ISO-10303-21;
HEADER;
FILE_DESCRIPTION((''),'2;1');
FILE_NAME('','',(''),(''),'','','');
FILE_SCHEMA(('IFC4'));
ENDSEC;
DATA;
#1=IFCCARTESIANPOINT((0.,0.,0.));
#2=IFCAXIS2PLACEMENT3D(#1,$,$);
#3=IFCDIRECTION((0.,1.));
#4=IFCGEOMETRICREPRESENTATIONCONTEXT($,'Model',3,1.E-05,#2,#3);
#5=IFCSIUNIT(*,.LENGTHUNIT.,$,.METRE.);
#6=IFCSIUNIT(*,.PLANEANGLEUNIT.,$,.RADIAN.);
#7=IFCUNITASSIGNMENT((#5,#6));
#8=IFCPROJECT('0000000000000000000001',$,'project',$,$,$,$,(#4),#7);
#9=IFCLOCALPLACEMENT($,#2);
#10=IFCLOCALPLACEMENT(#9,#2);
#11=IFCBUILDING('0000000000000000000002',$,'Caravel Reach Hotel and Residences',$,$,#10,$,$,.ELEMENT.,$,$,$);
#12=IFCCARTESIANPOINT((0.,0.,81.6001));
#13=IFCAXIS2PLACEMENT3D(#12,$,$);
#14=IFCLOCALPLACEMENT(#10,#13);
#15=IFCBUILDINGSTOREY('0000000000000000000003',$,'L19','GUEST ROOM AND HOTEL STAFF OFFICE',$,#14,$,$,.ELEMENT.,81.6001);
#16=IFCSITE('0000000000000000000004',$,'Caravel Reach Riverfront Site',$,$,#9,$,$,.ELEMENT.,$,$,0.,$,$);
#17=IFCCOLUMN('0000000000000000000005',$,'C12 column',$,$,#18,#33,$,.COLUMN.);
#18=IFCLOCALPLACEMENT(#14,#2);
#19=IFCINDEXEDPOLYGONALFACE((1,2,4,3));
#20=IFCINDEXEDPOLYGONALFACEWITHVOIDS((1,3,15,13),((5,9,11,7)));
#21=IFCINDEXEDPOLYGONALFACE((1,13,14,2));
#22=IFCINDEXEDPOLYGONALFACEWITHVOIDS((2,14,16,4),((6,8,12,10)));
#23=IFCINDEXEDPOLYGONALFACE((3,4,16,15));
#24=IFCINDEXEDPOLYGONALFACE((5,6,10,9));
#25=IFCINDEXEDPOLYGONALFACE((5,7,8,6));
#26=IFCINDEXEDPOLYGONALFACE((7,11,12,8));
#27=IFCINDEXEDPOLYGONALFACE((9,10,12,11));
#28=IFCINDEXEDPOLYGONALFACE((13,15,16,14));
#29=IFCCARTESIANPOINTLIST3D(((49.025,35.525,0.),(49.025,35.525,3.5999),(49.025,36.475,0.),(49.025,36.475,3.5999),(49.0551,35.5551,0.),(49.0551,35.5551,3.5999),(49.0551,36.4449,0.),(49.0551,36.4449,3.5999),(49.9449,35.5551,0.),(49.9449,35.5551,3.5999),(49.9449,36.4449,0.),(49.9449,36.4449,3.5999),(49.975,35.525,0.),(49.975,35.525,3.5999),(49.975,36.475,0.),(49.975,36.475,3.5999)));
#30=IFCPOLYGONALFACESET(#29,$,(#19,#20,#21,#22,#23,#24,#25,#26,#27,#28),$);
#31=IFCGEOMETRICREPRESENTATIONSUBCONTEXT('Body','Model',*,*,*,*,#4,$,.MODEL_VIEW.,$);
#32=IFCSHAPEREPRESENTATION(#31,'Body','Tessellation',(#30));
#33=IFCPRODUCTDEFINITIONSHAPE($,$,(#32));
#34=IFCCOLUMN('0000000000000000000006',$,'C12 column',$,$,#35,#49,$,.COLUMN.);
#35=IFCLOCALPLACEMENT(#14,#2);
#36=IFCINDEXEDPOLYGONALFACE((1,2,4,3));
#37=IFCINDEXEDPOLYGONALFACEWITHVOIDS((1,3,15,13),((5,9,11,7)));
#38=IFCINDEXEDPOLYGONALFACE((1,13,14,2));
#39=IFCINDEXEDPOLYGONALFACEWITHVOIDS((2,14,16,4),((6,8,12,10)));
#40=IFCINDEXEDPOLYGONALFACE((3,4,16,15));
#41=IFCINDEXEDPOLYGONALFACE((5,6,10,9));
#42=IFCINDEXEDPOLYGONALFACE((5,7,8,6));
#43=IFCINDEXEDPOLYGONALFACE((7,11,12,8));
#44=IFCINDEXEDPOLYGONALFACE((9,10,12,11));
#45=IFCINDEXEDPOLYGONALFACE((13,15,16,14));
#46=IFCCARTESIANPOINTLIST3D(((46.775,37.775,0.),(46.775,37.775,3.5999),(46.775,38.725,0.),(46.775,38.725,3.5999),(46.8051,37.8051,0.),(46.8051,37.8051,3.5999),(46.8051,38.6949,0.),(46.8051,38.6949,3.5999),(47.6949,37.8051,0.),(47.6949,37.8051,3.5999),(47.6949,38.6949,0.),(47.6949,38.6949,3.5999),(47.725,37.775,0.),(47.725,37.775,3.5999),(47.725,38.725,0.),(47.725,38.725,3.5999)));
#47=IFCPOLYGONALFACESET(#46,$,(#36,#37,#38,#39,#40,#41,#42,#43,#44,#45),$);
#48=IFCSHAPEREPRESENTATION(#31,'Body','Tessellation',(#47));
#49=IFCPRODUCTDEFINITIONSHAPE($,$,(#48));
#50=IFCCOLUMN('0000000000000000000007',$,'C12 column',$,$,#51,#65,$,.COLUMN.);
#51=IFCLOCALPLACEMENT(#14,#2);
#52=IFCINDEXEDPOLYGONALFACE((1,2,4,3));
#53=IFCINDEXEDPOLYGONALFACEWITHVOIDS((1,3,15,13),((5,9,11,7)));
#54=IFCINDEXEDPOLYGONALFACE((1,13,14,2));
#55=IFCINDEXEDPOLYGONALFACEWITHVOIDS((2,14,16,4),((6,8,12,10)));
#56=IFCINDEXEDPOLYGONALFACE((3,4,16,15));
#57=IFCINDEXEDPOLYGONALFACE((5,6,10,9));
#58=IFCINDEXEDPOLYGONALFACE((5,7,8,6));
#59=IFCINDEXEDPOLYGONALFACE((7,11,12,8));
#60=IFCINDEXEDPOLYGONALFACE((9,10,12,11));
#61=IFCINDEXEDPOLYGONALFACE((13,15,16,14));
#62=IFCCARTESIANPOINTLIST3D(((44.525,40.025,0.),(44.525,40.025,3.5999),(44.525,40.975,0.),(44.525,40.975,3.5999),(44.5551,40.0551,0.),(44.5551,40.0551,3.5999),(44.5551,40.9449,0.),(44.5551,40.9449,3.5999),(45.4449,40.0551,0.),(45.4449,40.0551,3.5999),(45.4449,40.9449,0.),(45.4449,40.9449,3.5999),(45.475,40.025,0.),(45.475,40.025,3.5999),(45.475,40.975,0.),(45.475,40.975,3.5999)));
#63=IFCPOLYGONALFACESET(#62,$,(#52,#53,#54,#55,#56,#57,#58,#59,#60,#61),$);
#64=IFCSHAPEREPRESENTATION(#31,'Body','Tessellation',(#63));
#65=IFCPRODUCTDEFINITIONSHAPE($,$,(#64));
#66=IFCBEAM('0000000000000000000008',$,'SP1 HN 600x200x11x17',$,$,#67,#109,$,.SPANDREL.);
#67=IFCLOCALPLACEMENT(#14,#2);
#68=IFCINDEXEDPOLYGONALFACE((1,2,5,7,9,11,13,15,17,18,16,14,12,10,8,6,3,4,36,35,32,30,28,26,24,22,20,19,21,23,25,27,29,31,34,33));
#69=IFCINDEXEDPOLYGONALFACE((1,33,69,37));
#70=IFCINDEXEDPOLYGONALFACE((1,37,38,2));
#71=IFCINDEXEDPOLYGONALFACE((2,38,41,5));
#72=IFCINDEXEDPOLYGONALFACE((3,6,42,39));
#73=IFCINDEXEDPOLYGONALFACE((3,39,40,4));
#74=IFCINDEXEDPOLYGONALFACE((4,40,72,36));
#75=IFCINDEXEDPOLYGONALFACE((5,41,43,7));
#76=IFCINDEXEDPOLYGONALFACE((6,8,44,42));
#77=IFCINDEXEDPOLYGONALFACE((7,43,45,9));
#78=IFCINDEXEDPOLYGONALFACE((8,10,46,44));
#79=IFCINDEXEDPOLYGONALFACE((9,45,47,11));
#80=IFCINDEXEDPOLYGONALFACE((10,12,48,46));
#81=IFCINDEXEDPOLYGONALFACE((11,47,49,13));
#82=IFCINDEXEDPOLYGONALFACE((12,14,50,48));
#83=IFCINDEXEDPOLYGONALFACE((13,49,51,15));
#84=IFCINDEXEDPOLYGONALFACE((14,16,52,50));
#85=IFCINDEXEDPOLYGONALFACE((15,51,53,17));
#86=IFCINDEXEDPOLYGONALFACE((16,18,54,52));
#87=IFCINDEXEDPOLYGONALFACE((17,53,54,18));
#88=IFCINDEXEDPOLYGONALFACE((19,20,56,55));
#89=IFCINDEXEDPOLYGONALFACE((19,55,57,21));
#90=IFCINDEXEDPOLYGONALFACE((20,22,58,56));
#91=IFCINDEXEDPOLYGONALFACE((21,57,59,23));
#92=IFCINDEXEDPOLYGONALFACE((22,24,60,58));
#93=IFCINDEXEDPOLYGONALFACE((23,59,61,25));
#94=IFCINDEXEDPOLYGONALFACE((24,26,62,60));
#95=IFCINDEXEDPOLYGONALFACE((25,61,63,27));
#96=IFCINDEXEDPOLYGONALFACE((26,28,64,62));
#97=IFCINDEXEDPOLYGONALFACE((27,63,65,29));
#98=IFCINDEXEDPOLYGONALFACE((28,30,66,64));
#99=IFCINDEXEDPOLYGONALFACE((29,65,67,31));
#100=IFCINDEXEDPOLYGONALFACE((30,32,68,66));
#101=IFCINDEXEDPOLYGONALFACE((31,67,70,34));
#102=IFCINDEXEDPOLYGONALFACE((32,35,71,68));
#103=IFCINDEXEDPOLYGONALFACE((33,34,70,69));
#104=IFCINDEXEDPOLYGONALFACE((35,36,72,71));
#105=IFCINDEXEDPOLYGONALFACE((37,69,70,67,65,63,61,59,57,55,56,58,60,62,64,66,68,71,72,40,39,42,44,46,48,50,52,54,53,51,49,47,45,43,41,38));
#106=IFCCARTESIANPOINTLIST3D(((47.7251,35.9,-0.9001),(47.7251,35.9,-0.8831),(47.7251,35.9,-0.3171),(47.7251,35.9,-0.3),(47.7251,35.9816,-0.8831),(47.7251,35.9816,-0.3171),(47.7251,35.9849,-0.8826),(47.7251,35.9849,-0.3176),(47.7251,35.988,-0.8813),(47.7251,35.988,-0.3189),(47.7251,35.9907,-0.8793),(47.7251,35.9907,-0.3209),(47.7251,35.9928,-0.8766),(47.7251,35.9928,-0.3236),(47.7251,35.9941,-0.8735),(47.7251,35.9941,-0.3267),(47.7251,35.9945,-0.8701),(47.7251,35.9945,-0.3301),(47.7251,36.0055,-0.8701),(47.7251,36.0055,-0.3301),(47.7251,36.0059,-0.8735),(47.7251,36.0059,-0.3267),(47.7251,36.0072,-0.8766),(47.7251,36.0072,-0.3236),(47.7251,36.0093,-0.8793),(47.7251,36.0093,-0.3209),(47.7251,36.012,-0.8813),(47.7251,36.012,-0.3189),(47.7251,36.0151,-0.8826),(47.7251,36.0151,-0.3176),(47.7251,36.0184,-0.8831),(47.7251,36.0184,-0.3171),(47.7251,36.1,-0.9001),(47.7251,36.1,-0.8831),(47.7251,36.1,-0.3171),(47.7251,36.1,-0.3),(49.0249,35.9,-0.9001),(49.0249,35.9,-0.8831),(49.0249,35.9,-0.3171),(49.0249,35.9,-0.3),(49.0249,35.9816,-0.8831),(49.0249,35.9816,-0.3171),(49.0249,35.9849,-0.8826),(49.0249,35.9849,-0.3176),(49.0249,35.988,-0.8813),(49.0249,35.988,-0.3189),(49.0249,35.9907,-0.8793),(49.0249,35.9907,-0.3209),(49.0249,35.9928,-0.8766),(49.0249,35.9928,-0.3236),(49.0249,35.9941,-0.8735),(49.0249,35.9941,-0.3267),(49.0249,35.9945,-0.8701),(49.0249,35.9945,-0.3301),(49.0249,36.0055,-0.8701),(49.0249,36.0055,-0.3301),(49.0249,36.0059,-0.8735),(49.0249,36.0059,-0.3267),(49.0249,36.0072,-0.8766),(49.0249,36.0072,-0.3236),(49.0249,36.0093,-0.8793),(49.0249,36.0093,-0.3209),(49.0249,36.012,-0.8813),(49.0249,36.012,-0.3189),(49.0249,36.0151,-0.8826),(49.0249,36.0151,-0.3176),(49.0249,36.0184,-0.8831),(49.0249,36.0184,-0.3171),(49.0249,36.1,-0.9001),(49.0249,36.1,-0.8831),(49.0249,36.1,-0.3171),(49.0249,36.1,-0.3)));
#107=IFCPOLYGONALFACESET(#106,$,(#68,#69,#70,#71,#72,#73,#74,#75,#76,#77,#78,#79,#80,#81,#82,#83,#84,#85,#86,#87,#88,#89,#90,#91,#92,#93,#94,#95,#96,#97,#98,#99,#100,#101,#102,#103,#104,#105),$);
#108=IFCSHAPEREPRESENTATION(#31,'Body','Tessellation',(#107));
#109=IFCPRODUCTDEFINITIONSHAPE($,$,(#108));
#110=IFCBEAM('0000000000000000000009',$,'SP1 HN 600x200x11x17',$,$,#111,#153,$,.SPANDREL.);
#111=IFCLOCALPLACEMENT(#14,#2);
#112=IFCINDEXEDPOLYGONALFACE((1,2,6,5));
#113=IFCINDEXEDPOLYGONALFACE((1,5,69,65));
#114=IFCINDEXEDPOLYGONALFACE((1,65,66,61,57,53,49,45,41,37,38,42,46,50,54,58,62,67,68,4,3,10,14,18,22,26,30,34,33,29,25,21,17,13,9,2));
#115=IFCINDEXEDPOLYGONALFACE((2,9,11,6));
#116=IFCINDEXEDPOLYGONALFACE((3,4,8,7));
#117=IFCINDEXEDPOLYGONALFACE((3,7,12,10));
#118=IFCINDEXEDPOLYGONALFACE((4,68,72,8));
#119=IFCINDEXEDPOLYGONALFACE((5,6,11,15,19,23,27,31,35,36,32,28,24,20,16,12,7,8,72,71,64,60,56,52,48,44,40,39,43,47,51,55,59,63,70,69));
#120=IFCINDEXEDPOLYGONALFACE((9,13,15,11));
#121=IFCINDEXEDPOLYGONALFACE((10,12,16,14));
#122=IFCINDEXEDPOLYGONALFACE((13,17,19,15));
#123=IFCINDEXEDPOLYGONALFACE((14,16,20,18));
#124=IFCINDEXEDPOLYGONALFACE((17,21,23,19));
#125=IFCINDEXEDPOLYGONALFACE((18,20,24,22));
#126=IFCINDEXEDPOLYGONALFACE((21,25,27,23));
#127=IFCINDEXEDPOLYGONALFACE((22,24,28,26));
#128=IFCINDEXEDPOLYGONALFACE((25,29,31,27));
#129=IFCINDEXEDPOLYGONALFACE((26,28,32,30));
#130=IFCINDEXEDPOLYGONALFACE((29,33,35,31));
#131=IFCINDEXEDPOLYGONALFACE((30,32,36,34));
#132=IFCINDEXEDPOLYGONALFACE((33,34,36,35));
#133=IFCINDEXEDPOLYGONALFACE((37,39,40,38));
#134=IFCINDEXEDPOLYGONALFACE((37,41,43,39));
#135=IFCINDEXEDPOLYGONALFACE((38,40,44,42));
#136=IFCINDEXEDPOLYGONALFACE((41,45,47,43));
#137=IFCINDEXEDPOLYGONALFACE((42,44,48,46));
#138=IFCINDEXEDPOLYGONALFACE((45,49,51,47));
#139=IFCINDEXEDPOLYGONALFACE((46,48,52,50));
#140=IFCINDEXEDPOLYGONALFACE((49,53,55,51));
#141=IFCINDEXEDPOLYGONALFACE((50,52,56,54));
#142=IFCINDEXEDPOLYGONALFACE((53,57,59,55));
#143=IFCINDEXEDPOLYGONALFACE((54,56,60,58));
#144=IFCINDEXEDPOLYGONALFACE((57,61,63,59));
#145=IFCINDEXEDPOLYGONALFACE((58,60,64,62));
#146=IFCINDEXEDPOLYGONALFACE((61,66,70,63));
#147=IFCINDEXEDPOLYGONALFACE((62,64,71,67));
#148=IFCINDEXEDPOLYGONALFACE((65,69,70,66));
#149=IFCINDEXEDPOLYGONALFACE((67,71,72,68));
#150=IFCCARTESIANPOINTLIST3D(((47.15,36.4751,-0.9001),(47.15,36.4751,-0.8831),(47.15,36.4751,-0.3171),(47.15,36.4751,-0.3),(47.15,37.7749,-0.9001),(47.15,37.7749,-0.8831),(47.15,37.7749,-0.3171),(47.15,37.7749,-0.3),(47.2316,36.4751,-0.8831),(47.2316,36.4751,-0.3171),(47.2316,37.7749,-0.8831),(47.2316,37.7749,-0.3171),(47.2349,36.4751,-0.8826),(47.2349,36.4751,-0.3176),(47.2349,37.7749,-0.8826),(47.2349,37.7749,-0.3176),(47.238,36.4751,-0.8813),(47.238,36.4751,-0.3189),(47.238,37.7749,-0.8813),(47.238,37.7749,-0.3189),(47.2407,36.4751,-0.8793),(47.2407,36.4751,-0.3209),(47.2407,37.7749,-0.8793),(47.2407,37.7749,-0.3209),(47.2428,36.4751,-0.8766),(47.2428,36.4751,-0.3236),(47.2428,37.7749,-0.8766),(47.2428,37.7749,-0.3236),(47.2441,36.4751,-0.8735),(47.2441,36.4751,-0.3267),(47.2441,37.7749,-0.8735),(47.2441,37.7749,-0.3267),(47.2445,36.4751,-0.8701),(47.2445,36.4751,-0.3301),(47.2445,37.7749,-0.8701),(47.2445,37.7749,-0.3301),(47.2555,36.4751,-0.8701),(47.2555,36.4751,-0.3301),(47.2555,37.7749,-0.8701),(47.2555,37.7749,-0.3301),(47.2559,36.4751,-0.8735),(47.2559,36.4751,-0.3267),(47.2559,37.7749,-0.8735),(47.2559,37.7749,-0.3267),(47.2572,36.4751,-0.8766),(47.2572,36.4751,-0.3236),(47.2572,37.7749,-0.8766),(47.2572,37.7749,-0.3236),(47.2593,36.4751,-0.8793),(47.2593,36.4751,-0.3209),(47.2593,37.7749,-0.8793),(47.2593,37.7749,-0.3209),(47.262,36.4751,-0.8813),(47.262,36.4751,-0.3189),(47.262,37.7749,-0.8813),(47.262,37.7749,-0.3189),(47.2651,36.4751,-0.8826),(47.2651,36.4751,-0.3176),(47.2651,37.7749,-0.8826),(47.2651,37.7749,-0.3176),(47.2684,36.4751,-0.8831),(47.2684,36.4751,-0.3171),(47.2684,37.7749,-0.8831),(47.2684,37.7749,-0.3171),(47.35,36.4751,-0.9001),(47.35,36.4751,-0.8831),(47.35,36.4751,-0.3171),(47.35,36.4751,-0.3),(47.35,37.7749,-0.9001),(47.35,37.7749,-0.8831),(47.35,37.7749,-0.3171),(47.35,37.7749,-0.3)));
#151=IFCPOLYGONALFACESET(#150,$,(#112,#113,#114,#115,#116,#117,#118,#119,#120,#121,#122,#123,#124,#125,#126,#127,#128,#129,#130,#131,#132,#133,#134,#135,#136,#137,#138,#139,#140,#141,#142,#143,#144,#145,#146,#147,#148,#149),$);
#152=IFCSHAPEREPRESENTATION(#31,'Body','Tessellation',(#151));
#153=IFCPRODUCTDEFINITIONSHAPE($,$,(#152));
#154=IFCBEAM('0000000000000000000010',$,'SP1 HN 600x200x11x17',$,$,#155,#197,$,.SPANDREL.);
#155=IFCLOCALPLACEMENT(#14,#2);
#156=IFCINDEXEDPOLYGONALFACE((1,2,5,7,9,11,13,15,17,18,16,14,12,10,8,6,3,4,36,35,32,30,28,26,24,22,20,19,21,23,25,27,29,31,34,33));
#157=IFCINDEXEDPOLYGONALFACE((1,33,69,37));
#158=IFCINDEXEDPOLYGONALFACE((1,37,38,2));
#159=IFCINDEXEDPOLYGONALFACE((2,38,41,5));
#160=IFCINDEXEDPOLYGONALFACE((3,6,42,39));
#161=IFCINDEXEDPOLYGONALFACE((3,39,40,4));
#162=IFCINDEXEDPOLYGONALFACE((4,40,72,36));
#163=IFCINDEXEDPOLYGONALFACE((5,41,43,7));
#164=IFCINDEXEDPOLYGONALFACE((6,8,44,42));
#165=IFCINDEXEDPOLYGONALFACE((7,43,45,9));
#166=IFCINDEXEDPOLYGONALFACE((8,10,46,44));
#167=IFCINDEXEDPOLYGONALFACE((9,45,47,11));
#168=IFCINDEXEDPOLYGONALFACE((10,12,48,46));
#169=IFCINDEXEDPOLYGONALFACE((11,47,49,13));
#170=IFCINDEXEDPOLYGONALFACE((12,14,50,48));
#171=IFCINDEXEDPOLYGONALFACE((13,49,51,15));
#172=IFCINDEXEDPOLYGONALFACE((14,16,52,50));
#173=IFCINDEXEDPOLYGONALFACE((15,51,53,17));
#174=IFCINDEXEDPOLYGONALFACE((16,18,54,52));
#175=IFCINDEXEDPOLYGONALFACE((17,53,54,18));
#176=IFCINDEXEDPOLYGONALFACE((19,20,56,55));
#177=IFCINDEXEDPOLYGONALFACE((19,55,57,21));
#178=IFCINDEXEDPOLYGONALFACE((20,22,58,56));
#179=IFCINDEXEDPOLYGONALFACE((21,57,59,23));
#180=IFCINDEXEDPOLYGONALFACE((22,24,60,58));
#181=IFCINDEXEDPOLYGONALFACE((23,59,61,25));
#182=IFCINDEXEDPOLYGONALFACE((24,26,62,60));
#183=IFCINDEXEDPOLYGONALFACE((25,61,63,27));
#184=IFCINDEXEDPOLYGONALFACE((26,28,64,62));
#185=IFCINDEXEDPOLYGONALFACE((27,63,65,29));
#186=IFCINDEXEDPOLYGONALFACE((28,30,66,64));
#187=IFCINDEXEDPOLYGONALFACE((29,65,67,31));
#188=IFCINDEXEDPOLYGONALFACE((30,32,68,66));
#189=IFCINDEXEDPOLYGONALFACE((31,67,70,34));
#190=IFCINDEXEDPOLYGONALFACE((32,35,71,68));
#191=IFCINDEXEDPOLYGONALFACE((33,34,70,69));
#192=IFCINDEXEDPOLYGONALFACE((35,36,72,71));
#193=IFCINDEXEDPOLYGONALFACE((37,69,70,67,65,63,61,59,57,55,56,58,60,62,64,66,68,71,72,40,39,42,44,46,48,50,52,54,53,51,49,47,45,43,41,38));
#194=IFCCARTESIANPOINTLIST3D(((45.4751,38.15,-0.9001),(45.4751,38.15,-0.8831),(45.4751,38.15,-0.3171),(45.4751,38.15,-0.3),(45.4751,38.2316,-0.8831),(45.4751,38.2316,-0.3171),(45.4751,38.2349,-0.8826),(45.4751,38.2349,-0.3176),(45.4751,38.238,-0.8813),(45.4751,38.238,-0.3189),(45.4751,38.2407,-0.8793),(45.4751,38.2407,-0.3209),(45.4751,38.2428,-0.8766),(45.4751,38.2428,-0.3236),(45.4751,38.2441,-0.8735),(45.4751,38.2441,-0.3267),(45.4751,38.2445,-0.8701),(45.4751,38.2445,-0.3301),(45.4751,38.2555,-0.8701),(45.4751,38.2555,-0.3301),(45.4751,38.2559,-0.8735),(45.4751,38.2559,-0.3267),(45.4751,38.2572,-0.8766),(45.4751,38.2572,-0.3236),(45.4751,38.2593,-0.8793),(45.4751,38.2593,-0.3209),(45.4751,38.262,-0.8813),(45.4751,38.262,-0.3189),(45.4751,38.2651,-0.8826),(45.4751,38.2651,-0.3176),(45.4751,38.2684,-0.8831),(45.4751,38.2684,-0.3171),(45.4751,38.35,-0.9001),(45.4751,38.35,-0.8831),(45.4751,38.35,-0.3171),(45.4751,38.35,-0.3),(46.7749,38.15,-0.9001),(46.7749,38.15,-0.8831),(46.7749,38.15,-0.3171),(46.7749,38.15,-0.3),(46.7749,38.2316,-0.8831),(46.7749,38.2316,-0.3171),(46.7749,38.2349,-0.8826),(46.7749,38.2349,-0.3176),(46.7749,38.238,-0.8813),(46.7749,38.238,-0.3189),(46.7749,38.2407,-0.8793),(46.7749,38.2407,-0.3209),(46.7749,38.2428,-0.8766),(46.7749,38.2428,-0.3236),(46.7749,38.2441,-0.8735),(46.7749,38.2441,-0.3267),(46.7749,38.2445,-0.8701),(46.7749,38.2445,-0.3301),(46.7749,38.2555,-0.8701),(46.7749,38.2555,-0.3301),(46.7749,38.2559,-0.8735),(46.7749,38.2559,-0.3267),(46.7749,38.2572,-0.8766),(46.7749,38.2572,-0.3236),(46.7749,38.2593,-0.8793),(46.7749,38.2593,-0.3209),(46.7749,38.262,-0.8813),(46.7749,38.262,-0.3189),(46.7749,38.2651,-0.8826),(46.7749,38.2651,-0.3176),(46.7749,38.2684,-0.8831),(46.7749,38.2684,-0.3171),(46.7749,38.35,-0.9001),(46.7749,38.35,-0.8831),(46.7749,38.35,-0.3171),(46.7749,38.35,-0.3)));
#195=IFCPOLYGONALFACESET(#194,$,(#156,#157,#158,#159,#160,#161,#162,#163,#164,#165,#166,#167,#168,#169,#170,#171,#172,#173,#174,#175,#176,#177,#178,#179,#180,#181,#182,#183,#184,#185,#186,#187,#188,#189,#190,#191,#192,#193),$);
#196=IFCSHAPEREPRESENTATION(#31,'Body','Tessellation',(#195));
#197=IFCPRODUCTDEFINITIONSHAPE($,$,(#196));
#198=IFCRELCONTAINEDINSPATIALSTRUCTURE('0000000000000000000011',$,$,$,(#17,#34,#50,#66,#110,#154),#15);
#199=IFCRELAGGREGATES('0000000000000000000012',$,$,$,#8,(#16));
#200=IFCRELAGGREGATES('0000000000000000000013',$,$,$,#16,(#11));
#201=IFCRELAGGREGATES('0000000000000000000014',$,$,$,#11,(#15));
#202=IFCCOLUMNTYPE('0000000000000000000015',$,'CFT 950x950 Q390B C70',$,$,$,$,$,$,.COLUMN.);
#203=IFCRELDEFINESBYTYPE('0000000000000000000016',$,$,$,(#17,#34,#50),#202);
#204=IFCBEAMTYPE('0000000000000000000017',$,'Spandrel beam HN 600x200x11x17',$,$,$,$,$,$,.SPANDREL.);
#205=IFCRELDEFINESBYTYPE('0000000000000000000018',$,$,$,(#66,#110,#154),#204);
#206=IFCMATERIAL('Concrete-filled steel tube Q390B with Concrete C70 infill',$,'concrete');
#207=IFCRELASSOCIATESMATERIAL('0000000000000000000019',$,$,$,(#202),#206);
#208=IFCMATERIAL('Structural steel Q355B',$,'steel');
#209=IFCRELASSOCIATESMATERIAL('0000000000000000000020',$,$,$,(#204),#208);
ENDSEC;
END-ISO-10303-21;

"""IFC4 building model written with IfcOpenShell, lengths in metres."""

from ifc_helpers import new_model, si_unit, direction, frame, origin, origin_2d, place, context, subcontext, project, spatial, hollow_rectangle, i_section, extrude, material, material_profile, profile_set, type_object, element, save


model = new_model("IFC4")

# Units and contexts
model_context = context("Model", 3, precision=1e-05, world=origin(), true_north=direction((0.0, 1.0)))
body_context = subcontext(model_context, "Body", "Model", "MODEL_VIEW")
ifc_project = project(units=[si_unit("LENGTHUNIT", "METRE"), si_unit("PLANEANGLEUNIT", "RADIAN")], contexts=[model_context])

# Site, building, storey
site_placement = place(None, origin())
site = spatial("IfcSite", under=ifc_project, at=site_placement, Name="Caravel Reach Riverfront Site", CompositionType="ELEMENT", RefElevation=0.0)
building_placement = place(site_placement, origin())
building = spatial("IfcBuilding", under=site, at=building_placement, Name="Caravel Reach Hotel and Residences", CompositionType="ELEMENT")
storey_placement = place(building_placement, frame((0.0, 0.0, 81.6001)))
storey = spatial("IfcBuildingStorey", under=building, at=storey_placement, Name="L19", Description="GUEST ROOM AND HOTEL STAFF OFFICE", CompositionType="ELEMENT", Elevation=81.6001)

# Columns
ifc_material_1 = material(Name="Concrete-filled steel tube Q390B with Concrete C70 infill", Category="concrete")
ifc_material_profile_1 = material_profile(ifc_material_1, hollow_rectangle(XDim=0.95, YDim=0.95, WallThickness=0.03, at=origin_2d()), Name="RHS 950x950x30")
ifc_profile_set_1 = profile_set([ifc_material_profile_1], Name="Concrete-filled steel tube Q390B with Concrete C70 infill")
column_type = type_object("IfcColumnType", Name="CFT 950x950 Q390B C70", PredefinedType="COLUMN", material=ifc_profile_set_1)
for number, where, z_axis, x_axis, name in (
    (1, (49.5, 36.0, 0.0), (0.0, 0.0, 1.0), (1.0, 0.0, 0.0), "C12 column"),
    (2, (47.25, 38.25, 0.0), (0.0, 0.0, 1.0), (1.0, 0.0, 0.0), "C12 column"),
    (3, (45.0, 40.5, 0.0), (0.0, 0.0, 1.0), (1.0, 0.0, 0.0), "C12 column"),
):
    element("IfcColumn", number, at=place(storey_placement, frame(where, z_axis=z_axis, x_axis=x_axis)), inside=storey, type_object=column_type, Name=name, PredefinedType="COLUMN", context=body_context, shape_type="SweptSolid", body=[
        extrude(hollow_rectangle(XDim=0.95, YDim=0.95, WallThickness=0.03, at=origin_2d()), origin(), (0.0, 0.0, 1.0), 3.5999),
    ])

# Beams
ifc_material_2 = material(Name="Structural steel Q355B", Category="steel")
ifc_material_profile_2 = material_profile(ifc_material_2, i_section(OverallWidth=0.2, OverallDepth=0.6001, WebThickness=0.011, FlangeThickness=0.0171, FilletRadius=0.0129, at=origin_2d()), Name="HN 600x200x11x17")
ifc_profile_set_2 = profile_set([ifc_material_profile_2], Name="Structural steel Q355B")
beam_type = type_object("IfcBeamType", Name="Spandrel beam HN 600x200x11x17", PredefinedType="SPANDREL", material=ifc_profile_set_2)
for number, where, z_axis, x_axis, name in (
    (4, (49.0249, 36.0, -0.6001), (-1.0, 0.0, 0.0), (0.0, -1.0, 0.0), "SP1 HN 600x200x11x17"),
    (5, (47.25, 36.4751, -0.6001), (0.0, 1.0, 0.0), (-1.0, 0.0, 0.0), "SP1 HN 600x200x11x17"),
    (6, (46.7749, 38.25, -0.6001), (-1.0, 0.0, 0.0), (0.0, -1.0, 0.0), "SP1 HN 600x200x11x17"),
):
    element("IfcBeam", number, at=place(storey_placement, frame(where, z_axis=z_axis, x_axis=x_axis)), inside=storey, type_object=beam_type, Name=name, PredefinedType="SPANDREL", context=body_context, shape_type="SweptSolid", body=[
        extrude(i_section(OverallWidth=0.2, OverallDepth=0.6001, WebThickness=0.011, FlangeThickness=0.0171, FilletRadius=0.0129, at=origin_2d()), origin(), (0.0, 0.0, 1.0), 1.2998),
    ])

save(model, "model.ifc")
